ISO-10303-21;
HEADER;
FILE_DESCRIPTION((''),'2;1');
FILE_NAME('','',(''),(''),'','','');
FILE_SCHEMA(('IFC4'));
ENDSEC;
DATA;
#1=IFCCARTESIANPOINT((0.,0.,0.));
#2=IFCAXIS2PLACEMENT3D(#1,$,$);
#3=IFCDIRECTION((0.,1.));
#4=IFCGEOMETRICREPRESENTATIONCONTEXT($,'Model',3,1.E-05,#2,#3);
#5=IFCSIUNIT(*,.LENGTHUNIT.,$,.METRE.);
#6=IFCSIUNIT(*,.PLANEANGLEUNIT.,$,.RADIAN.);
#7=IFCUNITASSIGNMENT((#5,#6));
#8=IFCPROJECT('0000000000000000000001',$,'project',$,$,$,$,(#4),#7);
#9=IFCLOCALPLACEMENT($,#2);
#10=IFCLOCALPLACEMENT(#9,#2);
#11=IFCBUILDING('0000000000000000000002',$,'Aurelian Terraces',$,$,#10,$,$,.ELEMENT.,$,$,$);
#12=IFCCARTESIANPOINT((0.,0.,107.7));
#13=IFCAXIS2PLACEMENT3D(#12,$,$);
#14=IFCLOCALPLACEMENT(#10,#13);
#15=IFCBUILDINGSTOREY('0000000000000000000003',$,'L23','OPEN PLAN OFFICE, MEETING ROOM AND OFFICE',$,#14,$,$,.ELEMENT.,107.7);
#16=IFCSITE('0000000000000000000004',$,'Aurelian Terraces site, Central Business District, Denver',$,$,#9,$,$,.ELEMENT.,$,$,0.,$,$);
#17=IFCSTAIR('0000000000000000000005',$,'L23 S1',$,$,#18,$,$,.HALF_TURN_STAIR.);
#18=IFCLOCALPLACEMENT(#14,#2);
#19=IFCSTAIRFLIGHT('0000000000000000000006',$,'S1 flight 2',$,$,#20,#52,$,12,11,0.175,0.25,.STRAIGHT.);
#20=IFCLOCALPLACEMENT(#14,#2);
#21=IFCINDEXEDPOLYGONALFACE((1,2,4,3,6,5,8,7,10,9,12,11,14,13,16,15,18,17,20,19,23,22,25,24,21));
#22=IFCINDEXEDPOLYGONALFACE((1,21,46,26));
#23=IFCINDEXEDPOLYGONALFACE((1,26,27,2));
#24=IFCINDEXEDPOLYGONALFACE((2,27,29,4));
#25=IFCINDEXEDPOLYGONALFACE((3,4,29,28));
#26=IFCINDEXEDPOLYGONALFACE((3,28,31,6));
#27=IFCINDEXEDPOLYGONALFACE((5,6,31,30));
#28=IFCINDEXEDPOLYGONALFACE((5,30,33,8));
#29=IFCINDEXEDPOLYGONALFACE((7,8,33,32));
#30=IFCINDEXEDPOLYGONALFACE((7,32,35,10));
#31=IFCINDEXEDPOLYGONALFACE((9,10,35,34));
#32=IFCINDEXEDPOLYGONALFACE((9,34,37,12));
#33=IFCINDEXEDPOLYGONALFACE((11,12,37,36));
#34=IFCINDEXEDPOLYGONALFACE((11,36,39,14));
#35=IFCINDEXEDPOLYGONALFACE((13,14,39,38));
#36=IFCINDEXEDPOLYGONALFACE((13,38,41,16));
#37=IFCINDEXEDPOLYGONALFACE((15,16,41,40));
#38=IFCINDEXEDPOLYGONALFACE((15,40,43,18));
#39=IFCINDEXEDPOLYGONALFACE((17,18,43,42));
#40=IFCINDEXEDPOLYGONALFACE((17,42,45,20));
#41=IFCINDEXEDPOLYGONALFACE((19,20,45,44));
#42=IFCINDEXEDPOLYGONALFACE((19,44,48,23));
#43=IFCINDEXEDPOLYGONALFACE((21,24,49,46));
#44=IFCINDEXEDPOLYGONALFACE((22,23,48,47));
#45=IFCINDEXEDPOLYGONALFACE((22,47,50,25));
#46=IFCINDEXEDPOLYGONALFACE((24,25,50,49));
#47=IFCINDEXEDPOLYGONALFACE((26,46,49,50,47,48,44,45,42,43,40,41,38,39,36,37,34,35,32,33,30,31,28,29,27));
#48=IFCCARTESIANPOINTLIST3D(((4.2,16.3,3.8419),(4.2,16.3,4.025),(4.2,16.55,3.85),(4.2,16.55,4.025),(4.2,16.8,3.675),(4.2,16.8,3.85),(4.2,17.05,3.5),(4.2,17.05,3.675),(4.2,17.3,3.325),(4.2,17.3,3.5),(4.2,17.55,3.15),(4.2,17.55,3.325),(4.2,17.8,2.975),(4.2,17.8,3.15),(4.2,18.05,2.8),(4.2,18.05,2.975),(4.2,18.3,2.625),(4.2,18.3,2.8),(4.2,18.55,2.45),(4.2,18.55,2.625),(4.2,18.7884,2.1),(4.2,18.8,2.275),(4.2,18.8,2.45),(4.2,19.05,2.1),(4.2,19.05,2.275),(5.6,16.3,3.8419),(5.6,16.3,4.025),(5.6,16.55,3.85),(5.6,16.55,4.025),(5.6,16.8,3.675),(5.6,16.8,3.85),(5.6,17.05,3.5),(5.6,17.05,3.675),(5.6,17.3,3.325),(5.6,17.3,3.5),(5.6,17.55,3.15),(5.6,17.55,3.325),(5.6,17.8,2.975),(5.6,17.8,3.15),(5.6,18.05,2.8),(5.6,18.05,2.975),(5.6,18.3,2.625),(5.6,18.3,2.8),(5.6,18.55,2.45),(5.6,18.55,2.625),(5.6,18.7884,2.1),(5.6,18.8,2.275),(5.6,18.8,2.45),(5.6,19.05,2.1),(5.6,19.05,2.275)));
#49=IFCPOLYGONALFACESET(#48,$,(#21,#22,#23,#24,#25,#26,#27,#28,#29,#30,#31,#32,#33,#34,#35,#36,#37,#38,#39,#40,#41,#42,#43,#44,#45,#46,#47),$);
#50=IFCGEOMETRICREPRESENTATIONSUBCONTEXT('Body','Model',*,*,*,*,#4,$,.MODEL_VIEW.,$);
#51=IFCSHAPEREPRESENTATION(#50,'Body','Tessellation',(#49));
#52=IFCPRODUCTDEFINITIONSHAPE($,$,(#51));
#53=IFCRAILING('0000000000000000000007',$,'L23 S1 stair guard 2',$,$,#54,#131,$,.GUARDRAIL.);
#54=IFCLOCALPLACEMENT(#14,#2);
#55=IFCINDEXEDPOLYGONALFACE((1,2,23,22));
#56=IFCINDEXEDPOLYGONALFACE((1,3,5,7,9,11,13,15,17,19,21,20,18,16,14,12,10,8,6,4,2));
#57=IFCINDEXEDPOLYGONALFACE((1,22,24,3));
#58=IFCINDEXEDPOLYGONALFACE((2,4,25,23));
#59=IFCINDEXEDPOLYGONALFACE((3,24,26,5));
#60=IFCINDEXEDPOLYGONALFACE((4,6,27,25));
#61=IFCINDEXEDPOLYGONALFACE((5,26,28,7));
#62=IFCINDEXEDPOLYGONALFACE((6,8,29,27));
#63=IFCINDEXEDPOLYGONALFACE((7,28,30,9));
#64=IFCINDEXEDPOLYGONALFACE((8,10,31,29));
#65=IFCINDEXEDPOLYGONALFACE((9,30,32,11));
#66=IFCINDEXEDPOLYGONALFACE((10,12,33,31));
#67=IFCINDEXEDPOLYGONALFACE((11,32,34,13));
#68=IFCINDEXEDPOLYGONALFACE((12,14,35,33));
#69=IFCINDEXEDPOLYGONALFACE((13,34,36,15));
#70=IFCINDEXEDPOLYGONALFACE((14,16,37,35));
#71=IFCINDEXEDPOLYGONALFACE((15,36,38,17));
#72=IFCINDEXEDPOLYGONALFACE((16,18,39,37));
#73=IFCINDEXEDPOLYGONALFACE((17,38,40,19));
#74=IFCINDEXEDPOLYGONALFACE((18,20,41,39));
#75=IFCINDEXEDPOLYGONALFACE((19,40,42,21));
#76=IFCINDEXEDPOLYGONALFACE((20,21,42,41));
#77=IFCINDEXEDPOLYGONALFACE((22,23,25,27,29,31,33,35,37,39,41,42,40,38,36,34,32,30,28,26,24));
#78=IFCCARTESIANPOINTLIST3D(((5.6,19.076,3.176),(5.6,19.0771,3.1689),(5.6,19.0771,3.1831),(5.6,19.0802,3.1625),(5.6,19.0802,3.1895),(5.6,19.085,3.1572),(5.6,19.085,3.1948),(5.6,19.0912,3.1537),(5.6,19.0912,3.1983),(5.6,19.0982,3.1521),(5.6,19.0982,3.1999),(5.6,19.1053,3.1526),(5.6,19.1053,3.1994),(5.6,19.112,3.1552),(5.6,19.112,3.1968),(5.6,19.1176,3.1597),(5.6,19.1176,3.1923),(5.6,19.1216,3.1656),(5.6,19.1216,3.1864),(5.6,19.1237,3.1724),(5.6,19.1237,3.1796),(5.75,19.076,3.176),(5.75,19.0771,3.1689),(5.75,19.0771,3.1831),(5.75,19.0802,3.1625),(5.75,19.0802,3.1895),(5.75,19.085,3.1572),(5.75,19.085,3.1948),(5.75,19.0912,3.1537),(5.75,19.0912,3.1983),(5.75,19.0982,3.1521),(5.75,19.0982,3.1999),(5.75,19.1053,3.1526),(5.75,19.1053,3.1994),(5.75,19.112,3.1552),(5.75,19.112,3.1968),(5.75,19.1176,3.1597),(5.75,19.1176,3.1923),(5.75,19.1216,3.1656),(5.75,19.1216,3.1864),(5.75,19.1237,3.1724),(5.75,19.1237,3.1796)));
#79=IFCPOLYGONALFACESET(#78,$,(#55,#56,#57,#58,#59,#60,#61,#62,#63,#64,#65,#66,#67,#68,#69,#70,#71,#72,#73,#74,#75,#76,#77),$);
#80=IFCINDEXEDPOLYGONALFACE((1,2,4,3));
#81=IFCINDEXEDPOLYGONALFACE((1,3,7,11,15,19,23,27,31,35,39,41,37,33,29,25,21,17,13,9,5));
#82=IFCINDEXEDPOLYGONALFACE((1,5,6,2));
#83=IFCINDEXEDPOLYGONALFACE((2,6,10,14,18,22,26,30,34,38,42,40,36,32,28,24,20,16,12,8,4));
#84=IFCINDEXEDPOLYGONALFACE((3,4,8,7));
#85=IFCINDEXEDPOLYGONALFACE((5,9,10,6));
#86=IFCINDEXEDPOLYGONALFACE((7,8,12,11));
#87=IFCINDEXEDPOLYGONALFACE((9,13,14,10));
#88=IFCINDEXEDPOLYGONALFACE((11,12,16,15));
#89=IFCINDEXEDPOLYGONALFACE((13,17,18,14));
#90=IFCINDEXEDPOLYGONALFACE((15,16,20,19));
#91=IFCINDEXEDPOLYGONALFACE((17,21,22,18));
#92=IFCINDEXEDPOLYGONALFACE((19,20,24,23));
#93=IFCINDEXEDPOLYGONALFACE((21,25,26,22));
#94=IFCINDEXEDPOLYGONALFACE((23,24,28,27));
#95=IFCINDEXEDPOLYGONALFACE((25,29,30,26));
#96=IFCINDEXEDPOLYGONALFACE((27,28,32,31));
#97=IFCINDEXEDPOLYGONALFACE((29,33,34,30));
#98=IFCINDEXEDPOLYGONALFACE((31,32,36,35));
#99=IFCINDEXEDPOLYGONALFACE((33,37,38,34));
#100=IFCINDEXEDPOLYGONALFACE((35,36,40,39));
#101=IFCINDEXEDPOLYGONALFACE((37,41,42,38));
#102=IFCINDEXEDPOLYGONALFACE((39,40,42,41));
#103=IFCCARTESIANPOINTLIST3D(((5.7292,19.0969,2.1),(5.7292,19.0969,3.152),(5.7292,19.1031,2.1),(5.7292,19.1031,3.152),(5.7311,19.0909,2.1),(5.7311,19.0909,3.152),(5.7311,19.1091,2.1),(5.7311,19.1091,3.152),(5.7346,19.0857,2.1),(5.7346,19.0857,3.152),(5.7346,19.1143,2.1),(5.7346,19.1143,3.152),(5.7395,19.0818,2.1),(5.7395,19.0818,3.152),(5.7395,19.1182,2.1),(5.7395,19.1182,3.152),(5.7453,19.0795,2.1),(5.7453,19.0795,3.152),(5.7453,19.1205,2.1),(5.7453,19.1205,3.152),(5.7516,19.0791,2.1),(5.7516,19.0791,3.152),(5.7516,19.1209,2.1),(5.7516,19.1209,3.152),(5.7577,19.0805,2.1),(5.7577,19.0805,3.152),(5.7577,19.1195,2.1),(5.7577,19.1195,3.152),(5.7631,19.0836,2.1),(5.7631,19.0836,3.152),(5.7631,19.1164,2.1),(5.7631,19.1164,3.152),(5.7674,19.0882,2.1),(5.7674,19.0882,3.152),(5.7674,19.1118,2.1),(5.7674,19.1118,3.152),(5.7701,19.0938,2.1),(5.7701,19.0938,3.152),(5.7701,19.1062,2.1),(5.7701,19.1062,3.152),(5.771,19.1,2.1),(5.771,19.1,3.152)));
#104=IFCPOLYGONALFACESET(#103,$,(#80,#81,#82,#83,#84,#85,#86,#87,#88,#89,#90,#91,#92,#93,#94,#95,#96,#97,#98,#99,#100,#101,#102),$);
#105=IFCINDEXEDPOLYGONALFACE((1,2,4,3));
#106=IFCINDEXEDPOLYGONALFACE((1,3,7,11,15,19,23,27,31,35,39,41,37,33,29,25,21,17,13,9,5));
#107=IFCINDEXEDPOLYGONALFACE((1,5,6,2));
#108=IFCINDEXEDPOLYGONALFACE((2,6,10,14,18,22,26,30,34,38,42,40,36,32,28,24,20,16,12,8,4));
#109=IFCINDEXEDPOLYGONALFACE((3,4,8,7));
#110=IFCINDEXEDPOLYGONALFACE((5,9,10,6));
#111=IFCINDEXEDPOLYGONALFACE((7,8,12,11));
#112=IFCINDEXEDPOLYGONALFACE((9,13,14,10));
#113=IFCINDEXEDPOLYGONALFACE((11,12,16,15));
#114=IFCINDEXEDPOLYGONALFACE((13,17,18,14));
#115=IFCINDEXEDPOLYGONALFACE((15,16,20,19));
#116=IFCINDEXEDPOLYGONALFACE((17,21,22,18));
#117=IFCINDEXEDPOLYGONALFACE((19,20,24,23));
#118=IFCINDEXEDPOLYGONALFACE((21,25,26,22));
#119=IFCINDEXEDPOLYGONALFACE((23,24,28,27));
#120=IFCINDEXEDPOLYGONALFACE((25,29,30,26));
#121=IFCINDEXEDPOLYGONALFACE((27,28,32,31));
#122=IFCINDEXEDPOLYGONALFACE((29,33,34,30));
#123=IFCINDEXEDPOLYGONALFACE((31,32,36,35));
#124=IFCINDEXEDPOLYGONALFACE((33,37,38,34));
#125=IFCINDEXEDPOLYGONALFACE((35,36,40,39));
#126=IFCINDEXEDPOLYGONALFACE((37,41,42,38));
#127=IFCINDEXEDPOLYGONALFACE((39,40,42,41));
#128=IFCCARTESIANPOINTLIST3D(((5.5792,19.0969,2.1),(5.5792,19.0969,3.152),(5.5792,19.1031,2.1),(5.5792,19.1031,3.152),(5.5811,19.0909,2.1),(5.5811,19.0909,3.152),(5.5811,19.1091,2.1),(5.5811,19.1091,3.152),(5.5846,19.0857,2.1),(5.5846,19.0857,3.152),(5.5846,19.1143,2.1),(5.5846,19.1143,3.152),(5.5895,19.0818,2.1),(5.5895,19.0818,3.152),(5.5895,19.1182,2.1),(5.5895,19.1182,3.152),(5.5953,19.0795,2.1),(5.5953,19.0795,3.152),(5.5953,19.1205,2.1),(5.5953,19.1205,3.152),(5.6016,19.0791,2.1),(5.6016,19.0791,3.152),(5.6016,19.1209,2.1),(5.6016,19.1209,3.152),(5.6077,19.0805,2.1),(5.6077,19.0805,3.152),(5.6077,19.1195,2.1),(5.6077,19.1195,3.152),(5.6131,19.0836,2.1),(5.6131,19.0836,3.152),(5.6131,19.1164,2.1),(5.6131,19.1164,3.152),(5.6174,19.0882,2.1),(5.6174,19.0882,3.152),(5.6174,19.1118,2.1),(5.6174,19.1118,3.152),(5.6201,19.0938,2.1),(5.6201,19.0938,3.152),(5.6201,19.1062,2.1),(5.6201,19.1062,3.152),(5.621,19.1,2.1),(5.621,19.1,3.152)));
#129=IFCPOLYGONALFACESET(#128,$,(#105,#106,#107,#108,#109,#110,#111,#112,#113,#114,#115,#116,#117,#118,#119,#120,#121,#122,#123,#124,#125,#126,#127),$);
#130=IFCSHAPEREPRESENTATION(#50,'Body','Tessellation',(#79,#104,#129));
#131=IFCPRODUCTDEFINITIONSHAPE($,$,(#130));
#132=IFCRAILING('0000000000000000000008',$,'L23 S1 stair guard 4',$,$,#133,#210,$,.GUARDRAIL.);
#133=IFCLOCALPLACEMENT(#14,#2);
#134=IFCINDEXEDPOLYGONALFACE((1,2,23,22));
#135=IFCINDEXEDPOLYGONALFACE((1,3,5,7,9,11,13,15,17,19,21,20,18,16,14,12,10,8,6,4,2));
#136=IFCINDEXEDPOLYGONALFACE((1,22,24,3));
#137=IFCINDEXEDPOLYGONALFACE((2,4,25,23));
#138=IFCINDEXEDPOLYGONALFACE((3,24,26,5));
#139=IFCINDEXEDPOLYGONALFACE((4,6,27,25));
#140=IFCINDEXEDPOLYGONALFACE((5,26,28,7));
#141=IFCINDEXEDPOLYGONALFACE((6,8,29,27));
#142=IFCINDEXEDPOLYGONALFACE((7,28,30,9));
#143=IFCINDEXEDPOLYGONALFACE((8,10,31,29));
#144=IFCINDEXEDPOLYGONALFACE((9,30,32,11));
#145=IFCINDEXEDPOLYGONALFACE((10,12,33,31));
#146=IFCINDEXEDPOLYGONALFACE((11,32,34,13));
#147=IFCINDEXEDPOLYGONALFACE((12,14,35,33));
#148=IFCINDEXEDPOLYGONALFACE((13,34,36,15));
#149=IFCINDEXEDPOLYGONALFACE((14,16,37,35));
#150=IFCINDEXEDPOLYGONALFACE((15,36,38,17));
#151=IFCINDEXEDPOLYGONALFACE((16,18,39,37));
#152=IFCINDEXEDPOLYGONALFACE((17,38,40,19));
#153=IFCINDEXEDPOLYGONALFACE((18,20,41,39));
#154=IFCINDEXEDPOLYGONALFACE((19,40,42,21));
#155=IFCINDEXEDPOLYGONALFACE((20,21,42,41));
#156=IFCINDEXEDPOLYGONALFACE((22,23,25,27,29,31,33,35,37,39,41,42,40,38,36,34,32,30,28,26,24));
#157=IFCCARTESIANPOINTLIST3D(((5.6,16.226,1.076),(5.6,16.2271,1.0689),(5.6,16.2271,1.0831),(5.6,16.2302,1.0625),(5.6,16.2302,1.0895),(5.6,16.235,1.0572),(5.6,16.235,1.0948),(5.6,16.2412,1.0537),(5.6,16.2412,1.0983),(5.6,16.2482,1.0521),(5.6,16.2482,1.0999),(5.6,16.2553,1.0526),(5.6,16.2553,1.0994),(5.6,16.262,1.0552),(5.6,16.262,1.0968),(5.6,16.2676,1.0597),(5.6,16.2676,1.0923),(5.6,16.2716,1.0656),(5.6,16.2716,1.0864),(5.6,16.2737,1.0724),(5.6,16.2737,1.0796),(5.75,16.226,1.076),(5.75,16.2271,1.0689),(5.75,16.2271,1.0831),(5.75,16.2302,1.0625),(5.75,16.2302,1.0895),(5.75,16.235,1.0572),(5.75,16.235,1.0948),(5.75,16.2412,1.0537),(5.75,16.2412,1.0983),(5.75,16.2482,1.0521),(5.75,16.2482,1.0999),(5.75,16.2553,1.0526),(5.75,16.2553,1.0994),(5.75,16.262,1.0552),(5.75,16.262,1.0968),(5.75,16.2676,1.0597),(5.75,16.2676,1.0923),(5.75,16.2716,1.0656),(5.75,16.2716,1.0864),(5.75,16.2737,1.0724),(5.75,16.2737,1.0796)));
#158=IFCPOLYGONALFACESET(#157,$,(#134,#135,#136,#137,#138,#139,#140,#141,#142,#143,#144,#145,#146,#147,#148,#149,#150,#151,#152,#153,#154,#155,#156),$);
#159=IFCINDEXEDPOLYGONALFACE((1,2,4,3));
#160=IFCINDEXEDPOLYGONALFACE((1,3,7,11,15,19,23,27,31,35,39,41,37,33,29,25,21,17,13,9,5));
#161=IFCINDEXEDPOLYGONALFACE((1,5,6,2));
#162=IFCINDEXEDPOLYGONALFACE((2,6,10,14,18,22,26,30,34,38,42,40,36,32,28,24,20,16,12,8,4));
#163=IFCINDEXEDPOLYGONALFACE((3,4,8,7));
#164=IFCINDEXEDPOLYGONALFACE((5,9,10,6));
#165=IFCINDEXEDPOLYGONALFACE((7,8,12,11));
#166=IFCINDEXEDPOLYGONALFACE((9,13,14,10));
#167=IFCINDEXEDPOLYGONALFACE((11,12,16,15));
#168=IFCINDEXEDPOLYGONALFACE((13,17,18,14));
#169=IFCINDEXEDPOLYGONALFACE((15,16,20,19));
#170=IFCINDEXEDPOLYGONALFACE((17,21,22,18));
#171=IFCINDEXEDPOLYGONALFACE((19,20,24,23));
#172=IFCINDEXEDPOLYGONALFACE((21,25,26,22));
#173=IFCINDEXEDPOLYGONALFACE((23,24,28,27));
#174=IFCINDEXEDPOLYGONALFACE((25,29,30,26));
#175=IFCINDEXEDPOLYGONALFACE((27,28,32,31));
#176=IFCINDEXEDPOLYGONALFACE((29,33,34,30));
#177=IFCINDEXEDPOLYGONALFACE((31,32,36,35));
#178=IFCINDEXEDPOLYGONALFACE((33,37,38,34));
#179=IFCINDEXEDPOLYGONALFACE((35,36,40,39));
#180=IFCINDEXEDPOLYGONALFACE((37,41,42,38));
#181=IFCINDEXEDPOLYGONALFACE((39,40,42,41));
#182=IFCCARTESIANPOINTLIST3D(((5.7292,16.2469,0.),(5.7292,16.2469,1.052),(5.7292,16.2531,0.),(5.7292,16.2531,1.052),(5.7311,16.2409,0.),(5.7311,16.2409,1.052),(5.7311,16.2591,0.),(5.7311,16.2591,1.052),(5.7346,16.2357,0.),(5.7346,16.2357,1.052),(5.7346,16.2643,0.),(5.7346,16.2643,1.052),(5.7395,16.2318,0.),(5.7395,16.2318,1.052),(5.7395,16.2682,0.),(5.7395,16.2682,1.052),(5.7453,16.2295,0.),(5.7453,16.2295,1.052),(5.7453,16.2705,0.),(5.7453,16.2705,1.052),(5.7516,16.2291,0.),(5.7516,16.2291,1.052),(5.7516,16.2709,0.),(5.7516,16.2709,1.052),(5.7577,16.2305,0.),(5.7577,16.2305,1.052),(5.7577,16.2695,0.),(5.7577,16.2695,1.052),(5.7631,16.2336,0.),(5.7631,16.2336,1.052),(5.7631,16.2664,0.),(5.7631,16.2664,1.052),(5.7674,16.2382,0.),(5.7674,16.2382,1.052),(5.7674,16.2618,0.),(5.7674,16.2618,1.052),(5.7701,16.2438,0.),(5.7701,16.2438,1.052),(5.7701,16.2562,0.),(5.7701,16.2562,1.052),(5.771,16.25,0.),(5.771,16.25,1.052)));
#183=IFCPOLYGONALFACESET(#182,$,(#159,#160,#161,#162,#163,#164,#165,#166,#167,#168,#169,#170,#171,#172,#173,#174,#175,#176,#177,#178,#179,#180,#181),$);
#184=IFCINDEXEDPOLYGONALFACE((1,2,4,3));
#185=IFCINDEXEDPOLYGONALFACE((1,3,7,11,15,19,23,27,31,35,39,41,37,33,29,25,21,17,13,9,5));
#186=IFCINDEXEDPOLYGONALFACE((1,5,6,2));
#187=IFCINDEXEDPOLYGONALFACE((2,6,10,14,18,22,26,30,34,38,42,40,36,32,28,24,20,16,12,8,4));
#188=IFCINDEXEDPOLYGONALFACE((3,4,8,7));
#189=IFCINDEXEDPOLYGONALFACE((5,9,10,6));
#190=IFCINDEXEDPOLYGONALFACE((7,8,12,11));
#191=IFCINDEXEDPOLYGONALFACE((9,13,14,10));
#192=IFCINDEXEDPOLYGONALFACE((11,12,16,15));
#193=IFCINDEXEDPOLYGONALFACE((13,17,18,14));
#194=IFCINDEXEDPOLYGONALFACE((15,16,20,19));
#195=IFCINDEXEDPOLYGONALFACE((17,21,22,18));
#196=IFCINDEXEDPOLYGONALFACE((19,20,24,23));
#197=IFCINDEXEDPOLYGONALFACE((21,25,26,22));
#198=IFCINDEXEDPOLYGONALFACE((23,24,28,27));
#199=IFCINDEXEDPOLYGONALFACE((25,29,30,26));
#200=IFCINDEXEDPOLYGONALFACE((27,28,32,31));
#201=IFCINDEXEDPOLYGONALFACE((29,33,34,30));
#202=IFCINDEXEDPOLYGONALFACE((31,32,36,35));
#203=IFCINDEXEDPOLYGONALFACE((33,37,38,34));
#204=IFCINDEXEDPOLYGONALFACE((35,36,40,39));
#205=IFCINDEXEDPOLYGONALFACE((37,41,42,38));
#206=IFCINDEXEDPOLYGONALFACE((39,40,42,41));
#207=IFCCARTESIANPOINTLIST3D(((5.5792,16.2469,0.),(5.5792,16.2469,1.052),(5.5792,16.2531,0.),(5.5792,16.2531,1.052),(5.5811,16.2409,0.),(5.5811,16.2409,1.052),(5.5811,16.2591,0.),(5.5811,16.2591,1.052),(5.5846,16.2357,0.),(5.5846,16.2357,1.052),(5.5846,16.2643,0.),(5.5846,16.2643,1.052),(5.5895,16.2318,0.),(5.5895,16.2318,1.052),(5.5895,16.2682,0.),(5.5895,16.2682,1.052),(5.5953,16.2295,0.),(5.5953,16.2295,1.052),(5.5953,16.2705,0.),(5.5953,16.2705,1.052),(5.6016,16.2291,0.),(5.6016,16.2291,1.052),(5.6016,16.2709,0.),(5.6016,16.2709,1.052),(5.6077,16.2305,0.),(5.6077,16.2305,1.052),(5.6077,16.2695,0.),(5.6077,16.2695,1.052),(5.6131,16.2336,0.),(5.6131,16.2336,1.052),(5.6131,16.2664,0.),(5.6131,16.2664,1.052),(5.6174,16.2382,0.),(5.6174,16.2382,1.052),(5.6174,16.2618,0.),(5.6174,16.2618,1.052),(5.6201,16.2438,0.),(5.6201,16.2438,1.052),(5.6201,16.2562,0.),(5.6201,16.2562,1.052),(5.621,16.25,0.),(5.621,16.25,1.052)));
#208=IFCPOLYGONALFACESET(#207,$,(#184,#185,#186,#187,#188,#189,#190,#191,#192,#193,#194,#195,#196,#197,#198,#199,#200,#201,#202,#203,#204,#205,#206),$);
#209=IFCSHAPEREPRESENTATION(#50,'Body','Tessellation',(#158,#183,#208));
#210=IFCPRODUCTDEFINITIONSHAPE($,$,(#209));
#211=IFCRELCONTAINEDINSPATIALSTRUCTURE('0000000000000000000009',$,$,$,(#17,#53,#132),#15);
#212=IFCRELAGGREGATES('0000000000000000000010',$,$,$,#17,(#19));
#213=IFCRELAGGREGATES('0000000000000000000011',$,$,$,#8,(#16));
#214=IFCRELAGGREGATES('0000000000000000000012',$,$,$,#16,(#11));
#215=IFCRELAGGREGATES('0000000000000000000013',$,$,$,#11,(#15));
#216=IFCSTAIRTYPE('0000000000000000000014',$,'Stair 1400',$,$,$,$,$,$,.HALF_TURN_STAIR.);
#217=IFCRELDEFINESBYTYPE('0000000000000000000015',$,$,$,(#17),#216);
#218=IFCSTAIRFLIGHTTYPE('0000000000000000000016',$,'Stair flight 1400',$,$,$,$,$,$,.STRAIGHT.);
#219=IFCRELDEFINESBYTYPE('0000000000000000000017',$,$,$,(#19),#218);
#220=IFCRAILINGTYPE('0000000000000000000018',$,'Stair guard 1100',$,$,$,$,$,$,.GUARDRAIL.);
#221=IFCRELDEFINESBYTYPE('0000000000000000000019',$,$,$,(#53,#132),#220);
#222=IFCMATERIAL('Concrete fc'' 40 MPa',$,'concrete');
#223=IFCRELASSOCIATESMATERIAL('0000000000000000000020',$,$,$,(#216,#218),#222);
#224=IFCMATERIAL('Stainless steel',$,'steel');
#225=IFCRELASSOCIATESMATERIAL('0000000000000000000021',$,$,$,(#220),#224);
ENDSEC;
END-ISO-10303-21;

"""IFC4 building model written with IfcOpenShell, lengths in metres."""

from ifc_helpers import new_model, si_unit, direction, frame, origin, origin_2d, place, context, subcontext, project, spatial, polyline, circle, outline, extrude, source, transform, mapped, material, type_object, element, aggregate, save


model = new_model("IFC4")

# Units and contexts
model_context = context("Model", 3, precision=1e-05, world=origin(), true_north=direction((0.0, 1.0)))
body_context = subcontext(model_context, "Body", "Model", "MODEL_VIEW")
ifc_project = project(units=[si_unit("LENGTHUNIT", "METRE"), si_unit("PLANEANGLEUNIT", "RADIAN")], contexts=[model_context])

# Site, building, storey
site_placement = place(None, origin())
site = spatial("IfcSite", under=ifc_project, at=site_placement, Name="Aurelian Terraces site, Central Business District, Denver", CompositionType="ELEMENT", RefElevation=0.0)
building_placement = place(site_placement, origin())
building = spatial("IfcBuilding", under=site, at=building_placement, Name="Aurelian Terraces", CompositionType="ELEMENT")
storey_placement = place(building_placement, frame((0.0, 0.0, 107.7)))
storey = spatial("IfcBuildingStorey", under=building, at=storey_placement, Name="L23", Description="OPEN PLAN OFFICE, MEETING ROOM AND OFFICE", CompositionType="ELEMENT", Elevation=107.7)

# Shared definitions
ifc_material_1 = material(Name="Concrete fc' 40 MPa", Category="concrete")

# Shared definitions
ifc_material_2 = material(Name="Stainless steel", Category="steel")

# Stair, stair flight
stair_type = type_object("IfcStairType", Name="Stair 1400", PredefinedType="HALF_TURN_STAIR", material=ifc_material_1)
stair_placement = place(storey_placement, origin())
stair = element("IfcStair", 1, at=stair_placement, inside=storey, type_object=stair_type, Name="L23 S1", PredefinedType="HALF_TURN_STAIR")
stair_flight_type = type_object("IfcStairFlightType", Name="Stair flight 1400", PredefinedType="STRAIGHT", material=ifc_material_1)
shared_shape_1 = source(origin(), body_context, "Body", "SweptSolid", [
    extrude(outline(polyline([(0.0, 0.0), (0.0, 0.175), (0.25, 0.175), (0.25, 0.35), (0.5, 0.35), (0.5, 0.525), (0.75, 0.525), (0.75, 0.7), (1.0, 0.7), (1.0, 0.875), (1.25, 0.875), (1.25, 1.05), (1.5, 1.05), (1.5, 1.225), (1.75, 1.225), (1.75, 1.4), (2.0, 1.4), (2.0, 1.575), (2.25, 1.575), (2.25, 1.75), (2.5, 1.75), (2.5, 1.925), (2.75, 1.925), (2.75, 2.1), (2.75, 1.7419), (0.2616, 0.0), (0.0, 0.0)])), frame((0.0, 0.7, 0.0), z_axis=(0.0, -1.0, 0.0), x_axis=(1.0, 0.0, 0.0)), (0.0, 0.0, 1.0), 1.4),
])
stair_flight_1_placement = place(storey_placement, frame((4.9, 19.05, 2.1), z_axis=(0.0, 0.0, 1.0), x_axis=(0.0, -1.0, 0.0)))
stair_flight_1 = element("IfcStairFlight", 2, at=stair_flight_1_placement, type_object=stair_flight_type, Name="S1 flight 2", NumberOfRisers=12, NumberOfTreads=11, PredefinedType="STRAIGHT", RiserHeight=0.175, TreadLength=0.25, context=body_context, shape_type="MappedRepresentation", body=[
    mapped(shared_shape_1, transform((0.0, 0.0, 0.0), scale=1.0)),
])
aggregate(stair, [stair_flight_1])

# Railings
railing_type_1 = type_object("IfcRailingType", Name="Stair guard 1100", PredefinedType="GUARDRAIL", material=ifc_material_2)
shared_shape_2 = source(origin(), body_context, "Body", "SweptSolid", [
    extrude(circle(Radius=0.024, at=origin_2d()), frame((0.0, 0.0, 1.076), z_axis=(-1.0, 0.0, 0.0), x_axis=(0.0, -1.0, 0.0)), (0.0, 0.0, 1.0), 0.15),
    extrude(circle(Radius=0.021, at=origin_2d()), origin(), (0.0, 0.0, 1.0), 1.052),
    extrude(circle(Radius=0.021, at=origin_2d()), frame((-0.15, 0.0, 0.0)), (0.0, 0.0, 1.0), 1.052),
])
for number, where, name in (
    (3, (5.75, 19.1, 2.1), "L23 S1 stair guard 2"),
    (4, (5.75, 16.25, 0.0), "L23 S1 stair guard 4"),
):
    element("IfcRailing", number, at=place(storey_placement, frame(where)), inside=storey, type_object=railing_type_1, Name=name, PredefinedType="GUARDRAIL", context=body_context, shape_type="MappedRepresentation", body=[
        mapped(shared_shape_2, transform((0.0, 0.0, 0.0), scale=1.0)),
    ])

save(model, "model.ifc")
